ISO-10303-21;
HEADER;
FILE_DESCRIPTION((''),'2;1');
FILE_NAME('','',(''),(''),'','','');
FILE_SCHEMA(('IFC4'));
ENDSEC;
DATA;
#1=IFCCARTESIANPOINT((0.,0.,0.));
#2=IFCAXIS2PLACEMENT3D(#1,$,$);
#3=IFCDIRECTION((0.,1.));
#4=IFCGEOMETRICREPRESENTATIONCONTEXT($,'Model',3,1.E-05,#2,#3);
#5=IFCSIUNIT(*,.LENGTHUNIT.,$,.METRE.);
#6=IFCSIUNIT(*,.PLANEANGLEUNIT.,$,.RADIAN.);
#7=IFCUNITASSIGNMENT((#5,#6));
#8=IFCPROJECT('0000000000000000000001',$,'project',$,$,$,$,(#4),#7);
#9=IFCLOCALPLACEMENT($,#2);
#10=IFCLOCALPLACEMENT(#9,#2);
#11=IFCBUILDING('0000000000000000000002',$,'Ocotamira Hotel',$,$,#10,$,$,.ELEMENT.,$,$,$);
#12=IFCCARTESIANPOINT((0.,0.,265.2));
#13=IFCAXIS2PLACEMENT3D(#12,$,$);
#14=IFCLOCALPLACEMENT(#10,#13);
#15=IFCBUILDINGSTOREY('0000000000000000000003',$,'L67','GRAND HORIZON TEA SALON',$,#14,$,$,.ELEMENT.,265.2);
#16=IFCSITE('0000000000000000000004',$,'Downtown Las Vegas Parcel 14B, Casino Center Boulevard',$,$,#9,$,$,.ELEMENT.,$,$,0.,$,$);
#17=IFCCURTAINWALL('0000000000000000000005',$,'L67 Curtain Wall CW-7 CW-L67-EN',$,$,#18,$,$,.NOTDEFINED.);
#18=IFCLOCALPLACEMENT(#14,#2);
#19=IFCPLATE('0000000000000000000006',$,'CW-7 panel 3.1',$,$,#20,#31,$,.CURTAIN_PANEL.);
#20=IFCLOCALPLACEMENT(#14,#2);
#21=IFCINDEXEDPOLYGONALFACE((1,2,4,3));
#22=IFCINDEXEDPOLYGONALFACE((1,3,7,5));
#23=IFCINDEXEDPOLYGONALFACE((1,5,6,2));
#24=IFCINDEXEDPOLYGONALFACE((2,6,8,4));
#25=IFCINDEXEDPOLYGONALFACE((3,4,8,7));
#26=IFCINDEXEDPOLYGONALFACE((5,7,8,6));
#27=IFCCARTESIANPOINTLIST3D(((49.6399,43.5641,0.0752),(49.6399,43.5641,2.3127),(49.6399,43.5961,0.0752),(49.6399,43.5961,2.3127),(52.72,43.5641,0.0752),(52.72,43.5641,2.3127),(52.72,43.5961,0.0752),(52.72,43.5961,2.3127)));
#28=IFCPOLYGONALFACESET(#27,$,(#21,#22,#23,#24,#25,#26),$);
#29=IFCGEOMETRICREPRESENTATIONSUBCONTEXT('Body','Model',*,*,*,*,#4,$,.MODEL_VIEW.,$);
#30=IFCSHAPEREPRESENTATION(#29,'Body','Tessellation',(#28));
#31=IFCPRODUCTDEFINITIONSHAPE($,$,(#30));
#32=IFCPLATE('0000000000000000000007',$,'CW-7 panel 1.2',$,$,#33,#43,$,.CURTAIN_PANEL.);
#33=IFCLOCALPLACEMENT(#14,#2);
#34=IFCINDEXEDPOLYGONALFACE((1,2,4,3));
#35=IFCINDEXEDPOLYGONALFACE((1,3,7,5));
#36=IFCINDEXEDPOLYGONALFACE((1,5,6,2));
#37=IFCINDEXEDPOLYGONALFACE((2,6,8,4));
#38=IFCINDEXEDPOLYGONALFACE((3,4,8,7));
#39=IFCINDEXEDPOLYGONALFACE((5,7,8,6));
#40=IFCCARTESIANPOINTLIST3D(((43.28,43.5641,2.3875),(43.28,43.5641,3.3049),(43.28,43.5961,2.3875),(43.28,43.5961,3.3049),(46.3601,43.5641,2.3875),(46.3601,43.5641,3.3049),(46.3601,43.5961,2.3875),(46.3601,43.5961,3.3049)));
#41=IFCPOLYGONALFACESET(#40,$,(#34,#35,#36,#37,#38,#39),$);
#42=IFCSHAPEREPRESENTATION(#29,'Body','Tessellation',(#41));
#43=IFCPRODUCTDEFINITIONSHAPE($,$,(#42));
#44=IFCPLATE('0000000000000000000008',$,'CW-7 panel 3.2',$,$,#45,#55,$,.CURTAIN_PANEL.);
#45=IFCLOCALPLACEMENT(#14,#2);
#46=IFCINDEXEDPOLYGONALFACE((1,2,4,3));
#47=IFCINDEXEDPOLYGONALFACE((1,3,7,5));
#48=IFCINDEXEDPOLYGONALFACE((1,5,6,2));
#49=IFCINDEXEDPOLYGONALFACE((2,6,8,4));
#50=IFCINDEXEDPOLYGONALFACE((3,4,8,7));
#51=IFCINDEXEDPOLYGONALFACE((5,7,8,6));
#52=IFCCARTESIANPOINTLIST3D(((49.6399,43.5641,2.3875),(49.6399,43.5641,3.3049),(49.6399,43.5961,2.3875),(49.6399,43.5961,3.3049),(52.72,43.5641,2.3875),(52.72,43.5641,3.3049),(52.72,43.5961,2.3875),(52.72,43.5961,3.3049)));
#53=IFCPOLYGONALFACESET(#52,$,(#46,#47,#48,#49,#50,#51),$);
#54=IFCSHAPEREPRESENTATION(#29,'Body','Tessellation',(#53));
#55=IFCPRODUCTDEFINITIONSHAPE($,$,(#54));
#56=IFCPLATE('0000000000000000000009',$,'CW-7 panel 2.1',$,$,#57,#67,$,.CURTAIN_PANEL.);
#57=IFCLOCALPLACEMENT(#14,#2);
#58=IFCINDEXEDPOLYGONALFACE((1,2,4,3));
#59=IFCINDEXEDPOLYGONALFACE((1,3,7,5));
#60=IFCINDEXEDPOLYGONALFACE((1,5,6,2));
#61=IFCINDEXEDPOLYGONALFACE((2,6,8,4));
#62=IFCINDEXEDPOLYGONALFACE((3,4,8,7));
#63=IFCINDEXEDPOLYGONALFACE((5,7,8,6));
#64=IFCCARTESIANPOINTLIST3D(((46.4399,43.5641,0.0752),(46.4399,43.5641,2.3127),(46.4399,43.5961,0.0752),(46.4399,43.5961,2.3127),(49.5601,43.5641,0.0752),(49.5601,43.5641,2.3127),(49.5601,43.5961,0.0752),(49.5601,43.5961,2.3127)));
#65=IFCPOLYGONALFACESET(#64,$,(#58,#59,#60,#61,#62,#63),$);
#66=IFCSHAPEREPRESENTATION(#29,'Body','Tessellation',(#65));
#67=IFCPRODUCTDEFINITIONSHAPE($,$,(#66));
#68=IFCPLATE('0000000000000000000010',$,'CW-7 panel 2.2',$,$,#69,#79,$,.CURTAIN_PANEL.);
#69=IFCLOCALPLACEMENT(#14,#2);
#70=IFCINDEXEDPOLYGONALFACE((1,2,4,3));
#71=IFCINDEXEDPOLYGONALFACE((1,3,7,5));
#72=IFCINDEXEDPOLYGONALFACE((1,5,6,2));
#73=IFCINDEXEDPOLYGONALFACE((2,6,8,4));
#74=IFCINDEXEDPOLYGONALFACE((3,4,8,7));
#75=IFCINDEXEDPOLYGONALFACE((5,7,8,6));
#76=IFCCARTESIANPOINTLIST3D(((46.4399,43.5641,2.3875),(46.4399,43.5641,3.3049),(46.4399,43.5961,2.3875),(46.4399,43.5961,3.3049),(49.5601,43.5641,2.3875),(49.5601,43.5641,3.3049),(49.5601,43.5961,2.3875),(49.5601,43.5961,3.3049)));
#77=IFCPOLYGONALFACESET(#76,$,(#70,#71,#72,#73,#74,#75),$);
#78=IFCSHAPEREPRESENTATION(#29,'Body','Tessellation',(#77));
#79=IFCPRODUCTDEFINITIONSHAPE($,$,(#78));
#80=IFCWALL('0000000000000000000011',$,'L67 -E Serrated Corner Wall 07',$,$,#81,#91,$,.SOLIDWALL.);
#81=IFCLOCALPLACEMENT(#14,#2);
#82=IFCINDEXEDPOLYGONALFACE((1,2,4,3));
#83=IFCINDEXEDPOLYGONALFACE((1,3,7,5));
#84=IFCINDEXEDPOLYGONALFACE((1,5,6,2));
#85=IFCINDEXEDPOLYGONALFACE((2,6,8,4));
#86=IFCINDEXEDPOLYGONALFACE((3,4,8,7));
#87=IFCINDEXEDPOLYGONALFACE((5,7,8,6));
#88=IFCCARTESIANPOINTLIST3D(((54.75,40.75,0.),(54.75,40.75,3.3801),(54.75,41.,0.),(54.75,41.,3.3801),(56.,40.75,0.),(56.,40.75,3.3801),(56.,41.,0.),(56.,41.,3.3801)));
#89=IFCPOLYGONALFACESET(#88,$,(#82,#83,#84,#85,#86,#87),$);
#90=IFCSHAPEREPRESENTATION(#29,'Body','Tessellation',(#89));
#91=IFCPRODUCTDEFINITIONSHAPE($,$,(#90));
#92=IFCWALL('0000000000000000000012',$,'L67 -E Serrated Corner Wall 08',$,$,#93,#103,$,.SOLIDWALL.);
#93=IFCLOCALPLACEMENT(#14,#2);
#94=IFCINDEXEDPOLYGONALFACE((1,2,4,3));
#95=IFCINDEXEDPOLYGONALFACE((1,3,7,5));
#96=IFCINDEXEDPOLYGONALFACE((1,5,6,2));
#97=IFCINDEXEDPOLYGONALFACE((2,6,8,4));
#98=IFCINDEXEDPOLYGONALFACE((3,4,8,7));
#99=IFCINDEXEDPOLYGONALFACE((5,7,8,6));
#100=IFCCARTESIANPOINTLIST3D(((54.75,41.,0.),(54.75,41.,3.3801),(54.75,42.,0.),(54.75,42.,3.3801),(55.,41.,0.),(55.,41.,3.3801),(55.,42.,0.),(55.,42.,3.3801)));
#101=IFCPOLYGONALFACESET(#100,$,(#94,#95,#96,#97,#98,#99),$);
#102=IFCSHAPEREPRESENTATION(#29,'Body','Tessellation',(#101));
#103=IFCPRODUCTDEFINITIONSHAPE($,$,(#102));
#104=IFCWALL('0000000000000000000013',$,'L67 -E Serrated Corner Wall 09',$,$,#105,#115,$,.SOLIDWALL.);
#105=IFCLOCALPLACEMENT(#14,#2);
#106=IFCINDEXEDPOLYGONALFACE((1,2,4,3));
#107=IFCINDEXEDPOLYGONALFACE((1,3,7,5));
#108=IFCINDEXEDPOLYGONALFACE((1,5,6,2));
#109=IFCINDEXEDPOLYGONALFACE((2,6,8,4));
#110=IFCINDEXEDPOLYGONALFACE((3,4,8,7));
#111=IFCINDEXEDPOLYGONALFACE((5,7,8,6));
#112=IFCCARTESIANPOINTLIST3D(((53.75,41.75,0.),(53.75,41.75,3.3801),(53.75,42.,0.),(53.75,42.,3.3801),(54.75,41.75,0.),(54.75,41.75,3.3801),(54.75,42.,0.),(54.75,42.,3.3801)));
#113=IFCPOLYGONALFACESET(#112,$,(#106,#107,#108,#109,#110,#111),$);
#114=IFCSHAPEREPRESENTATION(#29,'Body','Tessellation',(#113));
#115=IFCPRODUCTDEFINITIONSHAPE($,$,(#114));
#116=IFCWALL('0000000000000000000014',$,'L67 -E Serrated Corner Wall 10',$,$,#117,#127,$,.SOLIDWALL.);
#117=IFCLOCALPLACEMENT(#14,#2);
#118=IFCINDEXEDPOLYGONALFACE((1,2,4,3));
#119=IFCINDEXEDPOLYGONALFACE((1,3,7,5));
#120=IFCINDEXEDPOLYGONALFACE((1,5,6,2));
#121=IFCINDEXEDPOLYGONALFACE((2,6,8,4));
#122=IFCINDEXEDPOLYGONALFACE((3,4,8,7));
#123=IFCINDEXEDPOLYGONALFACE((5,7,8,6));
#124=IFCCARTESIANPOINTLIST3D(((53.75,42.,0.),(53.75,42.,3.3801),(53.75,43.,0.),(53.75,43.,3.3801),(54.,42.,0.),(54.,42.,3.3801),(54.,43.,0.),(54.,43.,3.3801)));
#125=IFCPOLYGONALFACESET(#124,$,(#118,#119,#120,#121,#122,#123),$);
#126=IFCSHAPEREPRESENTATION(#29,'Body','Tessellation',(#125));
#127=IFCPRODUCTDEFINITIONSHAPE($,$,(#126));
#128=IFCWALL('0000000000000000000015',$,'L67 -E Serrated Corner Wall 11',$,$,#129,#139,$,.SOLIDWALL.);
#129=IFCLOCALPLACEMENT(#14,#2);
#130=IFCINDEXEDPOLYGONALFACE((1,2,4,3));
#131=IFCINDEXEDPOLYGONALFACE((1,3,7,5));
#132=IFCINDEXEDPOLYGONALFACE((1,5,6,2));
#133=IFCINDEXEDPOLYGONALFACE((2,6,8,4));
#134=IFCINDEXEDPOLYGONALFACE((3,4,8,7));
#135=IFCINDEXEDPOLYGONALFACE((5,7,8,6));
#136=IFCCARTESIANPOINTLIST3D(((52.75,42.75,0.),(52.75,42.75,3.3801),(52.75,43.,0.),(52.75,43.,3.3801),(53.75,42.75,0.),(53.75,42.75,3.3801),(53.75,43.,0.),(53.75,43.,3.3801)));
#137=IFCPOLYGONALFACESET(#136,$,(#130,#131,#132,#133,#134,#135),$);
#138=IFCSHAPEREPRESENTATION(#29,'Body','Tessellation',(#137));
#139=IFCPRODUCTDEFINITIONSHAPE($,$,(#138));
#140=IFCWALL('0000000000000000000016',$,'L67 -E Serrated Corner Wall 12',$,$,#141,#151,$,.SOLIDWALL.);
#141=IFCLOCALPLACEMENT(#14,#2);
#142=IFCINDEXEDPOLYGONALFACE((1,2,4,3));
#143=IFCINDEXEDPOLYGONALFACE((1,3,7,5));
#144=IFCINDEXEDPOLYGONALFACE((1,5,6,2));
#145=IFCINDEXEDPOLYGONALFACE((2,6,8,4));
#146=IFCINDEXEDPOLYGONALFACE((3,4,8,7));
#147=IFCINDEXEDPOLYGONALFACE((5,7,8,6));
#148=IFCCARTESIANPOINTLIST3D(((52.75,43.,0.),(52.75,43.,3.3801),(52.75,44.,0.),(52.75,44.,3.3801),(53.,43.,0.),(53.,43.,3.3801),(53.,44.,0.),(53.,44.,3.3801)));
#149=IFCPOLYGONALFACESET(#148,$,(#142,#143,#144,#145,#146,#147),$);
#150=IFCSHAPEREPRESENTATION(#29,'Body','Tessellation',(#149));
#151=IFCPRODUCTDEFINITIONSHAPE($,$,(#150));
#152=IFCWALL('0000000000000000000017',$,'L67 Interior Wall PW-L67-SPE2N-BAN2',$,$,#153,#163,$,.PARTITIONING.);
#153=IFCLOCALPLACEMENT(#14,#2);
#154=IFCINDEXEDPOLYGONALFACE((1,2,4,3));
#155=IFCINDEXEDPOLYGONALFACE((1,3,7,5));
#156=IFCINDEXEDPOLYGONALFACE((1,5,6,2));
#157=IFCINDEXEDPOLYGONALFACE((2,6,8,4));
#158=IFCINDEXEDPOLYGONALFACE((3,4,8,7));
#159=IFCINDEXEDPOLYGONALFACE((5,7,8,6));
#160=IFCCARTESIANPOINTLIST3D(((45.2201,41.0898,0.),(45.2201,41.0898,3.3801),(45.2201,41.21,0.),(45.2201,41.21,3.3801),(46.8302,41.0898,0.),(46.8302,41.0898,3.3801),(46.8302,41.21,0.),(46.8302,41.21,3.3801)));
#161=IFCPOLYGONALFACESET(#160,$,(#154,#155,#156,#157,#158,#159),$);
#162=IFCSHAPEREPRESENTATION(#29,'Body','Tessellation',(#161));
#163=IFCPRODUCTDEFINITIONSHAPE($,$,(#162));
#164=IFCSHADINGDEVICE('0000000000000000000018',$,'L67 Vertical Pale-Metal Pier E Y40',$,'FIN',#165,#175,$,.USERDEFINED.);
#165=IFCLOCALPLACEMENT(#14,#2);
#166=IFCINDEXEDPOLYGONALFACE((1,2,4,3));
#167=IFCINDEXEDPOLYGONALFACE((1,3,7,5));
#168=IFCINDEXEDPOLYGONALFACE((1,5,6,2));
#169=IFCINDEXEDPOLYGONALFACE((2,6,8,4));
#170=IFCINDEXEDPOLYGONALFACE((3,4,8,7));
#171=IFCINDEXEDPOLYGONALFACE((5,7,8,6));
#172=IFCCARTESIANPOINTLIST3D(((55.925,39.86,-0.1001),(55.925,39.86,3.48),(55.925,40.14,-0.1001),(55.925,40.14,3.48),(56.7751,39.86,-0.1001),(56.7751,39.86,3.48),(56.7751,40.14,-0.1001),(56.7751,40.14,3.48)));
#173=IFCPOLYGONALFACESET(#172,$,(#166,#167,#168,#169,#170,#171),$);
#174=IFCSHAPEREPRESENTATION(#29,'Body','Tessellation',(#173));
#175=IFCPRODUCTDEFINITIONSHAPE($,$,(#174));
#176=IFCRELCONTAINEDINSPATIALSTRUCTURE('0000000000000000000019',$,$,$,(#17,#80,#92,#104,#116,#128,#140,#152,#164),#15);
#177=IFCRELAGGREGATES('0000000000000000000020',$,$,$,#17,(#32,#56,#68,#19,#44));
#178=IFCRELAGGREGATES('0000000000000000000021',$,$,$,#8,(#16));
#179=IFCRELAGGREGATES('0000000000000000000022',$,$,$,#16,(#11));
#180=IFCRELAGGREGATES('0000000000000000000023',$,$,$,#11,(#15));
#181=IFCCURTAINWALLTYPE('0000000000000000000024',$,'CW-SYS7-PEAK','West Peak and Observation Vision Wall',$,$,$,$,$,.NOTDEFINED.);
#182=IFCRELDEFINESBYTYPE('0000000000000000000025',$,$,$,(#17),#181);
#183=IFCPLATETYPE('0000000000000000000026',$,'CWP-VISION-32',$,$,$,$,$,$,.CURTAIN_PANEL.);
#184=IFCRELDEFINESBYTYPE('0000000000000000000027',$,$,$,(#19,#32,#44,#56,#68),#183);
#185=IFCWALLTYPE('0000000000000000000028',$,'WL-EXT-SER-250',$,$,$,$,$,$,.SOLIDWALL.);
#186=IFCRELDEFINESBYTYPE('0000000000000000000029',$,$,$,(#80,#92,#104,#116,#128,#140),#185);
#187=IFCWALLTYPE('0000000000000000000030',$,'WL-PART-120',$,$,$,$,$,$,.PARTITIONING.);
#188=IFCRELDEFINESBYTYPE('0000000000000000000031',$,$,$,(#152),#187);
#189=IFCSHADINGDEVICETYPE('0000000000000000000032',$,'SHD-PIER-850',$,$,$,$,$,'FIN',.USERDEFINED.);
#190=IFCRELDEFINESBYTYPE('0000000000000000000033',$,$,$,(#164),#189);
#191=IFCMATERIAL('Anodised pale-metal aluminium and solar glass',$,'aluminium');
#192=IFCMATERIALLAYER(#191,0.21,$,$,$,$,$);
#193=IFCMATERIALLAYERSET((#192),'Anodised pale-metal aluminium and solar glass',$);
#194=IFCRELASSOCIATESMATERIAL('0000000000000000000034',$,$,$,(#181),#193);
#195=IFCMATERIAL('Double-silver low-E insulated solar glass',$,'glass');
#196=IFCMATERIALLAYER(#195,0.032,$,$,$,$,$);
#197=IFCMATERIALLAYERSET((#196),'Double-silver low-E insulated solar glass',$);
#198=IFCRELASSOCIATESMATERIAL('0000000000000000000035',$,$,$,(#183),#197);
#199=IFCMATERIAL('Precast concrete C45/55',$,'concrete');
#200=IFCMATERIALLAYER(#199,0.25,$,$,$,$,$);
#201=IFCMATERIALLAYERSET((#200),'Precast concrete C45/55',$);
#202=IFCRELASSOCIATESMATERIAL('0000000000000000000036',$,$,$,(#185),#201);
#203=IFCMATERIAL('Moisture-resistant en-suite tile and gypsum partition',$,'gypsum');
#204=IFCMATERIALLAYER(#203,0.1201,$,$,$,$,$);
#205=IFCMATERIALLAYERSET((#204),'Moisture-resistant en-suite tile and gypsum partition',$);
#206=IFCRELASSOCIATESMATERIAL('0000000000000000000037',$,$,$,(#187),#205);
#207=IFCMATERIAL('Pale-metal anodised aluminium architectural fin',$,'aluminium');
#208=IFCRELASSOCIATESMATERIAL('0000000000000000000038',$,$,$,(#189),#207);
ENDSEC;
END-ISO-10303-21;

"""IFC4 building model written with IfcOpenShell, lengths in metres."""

from ifc_helpers import new_model, si_unit, direction, frame, frame_2d, origin, origin_2d, place, context, subcontext, project, spatial, rectangle, extrude, source, transform, mapped, material, layer, layer_set, type_object, element, aggregate, save


model = new_model("IFC4")

# Units and contexts
model_context = context("Model", 3, precision=1e-05, world=origin(), true_north=direction((0.0, 1.0)))
body_context = subcontext(model_context, "Body", "Model", "MODEL_VIEW")
ifc_project = project(units=[si_unit("LENGTHUNIT", "METRE"), si_unit("PLANEANGLEUNIT", "RADIAN")], contexts=[model_context])

# Site, building, storey
site_placement = place(None, origin())
site = spatial("IfcSite", under=ifc_project, at=site_placement, Name="Downtown Las Vegas Parcel 14B, Casino Center Boulevard", CompositionType="ELEMENT", RefElevation=0.0)
building_placement = place(site_placement, origin())
building = spatial("IfcBuilding", under=site, at=building_placement, Name="Ocotamira Hotel", CompositionType="ELEMENT")
storey_placement = place(building_placement, frame((0.0, 0.0, 265.2)))
storey = spatial("IfcBuildingStorey", under=building, at=storey_placement, Name="L67", Description="GRAND HORIZON TEA SALON", CompositionType="ELEMENT", Elevation=265.2)

# Curtain wall
ifc_material_1 = material(Name="Anodised pale-metal aluminium and solar glass", Category="aluminium")
ifc_layer_1 = layer(ifc_material_1, 0.21)
ifc_layer_set_1 = layer_set([ifc_layer_1], Name="Anodised pale-metal aluminium and solar glass")
curtain_wall_type = type_object("IfcCurtainWallType", Name="CW-SYS7-PEAK", Description="West Peak and Observation Vision Wall", PredefinedType="NOTDEFINED", material=ifc_layer_set_1)
curtain_wall_1_placement = place(storey_placement, origin())
curtain_wall_1 = element("IfcCurtainWall", 1, at=curtain_wall_1_placement, inside=storey, type_object=curtain_wall_type, Name="L67 Curtain Wall CW-7 CW-L67-EN", PredefinedType="NOTDEFINED")

# Plates
ifc_material_2 = material(Name="Double-silver low-E insulated solar glass", Category="glass")
ifc_layer_2 = layer(ifc_material_2, 0.032)
ifc_layer_set_2 = layer_set([ifc_layer_2], Name="Double-silver low-E insulated solar glass")
plate_type = type_object("IfcPlateType", Name="CWP-VISION-32", PredefinedType="CURTAIN_PANEL", material=ifc_layer_set_2)
shared_shape_1 = source(origin(), body_context, "Body", "SweptSolid", [
    extrude(rectangle(XDim=3.0801, YDim=0.032, at=origin_2d()), origin(), (0.0, 0.0, 1.0), 2.2375),
])
plate_1_placement = place(storey_placement, frame((51.1799, 43.5801, 0.0752), z_axis=(0.0, 0.0, 1.0), x_axis=(1.0, 0.0, 0.0)))
plate_1 = element("IfcPlate", 2, at=plate_1_placement, type_object=plate_type, Name="CW-7 panel 3.1", PredefinedType="CURTAIN_PANEL", context=body_context, shape_type="MappedRepresentation", body=[
    mapped(shared_shape_1, transform((0.0, 0.0, 0.0), scale=1.0)),
])
shared_shape_2 = source(origin(), body_context, "Body", "SweptSolid", [
    extrude(rectangle(XDim=3.0801, YDim=0.032, at=origin_2d()), origin(), (0.0, 0.0, 1.0), 0.9175),
])
plate_2_placement = place(storey_placement, frame((44.8201, 43.5801, 2.3875), z_axis=(0.0, 0.0, 1.0), x_axis=(1.0, 0.0, 0.0)))
plate_2 = element("IfcPlate", 3, at=plate_2_placement, type_object=plate_type, Name="CW-7 panel 1.2", PredefinedType="CURTAIN_PANEL", context=body_context, shape_type="MappedRepresentation", body=[
    mapped(shared_shape_2, transform((0.0, 0.0, 0.0), scale=1.0)),
])
plate_3_placement = place(storey_placement, frame((51.1799, 43.5801, 2.3875), z_axis=(0.0, 0.0, 1.0), x_axis=(1.0, 0.0, 0.0)))
plate_3 = element("IfcPlate", 4, at=plate_3_placement, type_object=plate_type, Name="CW-7 panel 3.2", PredefinedType="CURTAIN_PANEL", context=body_context, shape_type="MappedRepresentation", body=[
    mapped(shared_shape_2, transform((0.0, 0.0, 0.0), scale=1.0)),
])
shared_shape_3 = source(origin(), body_context, "Body", "SweptSolid", [
    extrude(rectangle(XDim=3.1201, YDim=0.032, at=origin_2d()), origin(), (0.0, 0.0, 1.0), 2.2375),
])
plate_4_placement = place(storey_placement, frame((48.0, 43.5801, 0.0752), z_axis=(0.0, 0.0, 1.0), x_axis=(1.0, 0.0, 0.0)))
plate_4 = element("IfcPlate", 5, at=plate_4_placement, type_object=plate_type, Name="CW-7 panel 2.1", PredefinedType="CURTAIN_PANEL", context=body_context, shape_type="MappedRepresentation", body=[
    mapped(shared_shape_3, transform((0.0, 0.0, 0.0), scale=1.0)),
])
shared_shape_4 = source(origin(), body_context, "Body", "SweptSolid", [
    extrude(rectangle(XDim=3.1201, YDim=0.032, at=origin_2d()), origin(), (0.0, 0.0, 1.0), 0.9175),
])
plate_5_placement = place(storey_placement, frame((48.0, 43.5801, 2.3875), z_axis=(0.0, 0.0, 1.0), x_axis=(1.0, 0.0, 0.0)))
plate_5 = element("IfcPlate", 6, at=plate_5_placement, type_object=plate_type, Name="CW-7 panel 2.2", PredefinedType="CURTAIN_PANEL", context=body_context, shape_type="MappedRepresentation", body=[
    mapped(shared_shape_4, transform((0.0, 0.0, 0.0), scale=1.0)),
])
aggregate(curtain_wall_1, [plate_2, plate_4, plate_5, plate_1, plate_3])

# Walls
ifc_material_3 = material(Name="Precast concrete C45/55", Category="concrete")
ifc_layer_3 = layer(ifc_material_3, 0.25)
ifc_layer_set_3 = layer_set([ifc_layer_3], Name="Precast concrete C45/55")
wall_type_1 = type_object("IfcWallType", Name="WL-EXT-SER-250", PredefinedType="SOLIDWALL", material=ifc_layer_set_3)
wall_1_placement = place(storey_placement, frame((56.0, 40.875, 0.0), z_axis=(0.0, 0.0, 1.0), x_axis=(-1.0, 0.0, 0.0)))
element("IfcWall", 7, at=wall_1_placement, inside=storey, type_object=wall_type_1, Name="L67 -E Serrated Corner Wall 07", PredefinedType="SOLIDWALL", context=body_context, shape_type="SweptSolid", body=[
    extrude(rectangle(XDim=1.25, YDim=0.25, at=frame_2d((0.625, 0.0))), origin(), (0.0, 0.0, 1.0), 3.3801),
])
for number, where, z_axis, x_axis, name in (
    (8, (54.875, 41.0, 0.0), (0.0, 0.0, 1.0), (0.0, 1.0, 0.0), "L67 -E Serrated Corner Wall 08"),
    (9, (54.75, 41.875, 0.0), (0.0, 0.0, 1.0), (-1.0, 0.0, 0.0), "L67 -E Serrated Corner Wall 09"),
    (10, (53.875, 42.0, 0.0), (0.0, 0.0, 1.0), (0.0, 1.0, 0.0), "L67 -E Serrated Corner Wall 10"),
    (11, (53.75, 42.875, 0.0), (0.0, 0.0, 1.0), (-1.0, 0.0, 0.0), "L67 -E Serrated Corner Wall 11"),
    (12, (52.875, 43.0, 0.0), (0.0, 0.0, 1.0), (0.0, 1.0, 0.0), "L67 -E Serrated Corner Wall 12"),
):
    element("IfcWall", number, at=place(storey_placement, frame(where, z_axis=z_axis, x_axis=x_axis)), inside=storey, type_object=wall_type_1, Name=name, PredefinedType="SOLIDWALL", context=body_context, shape_type="SweptSolid", body=[
        extrude(rectangle(XDim=1.0, YDim=0.25, at=frame_2d((0.5, 0.0))), origin(), (0.0, 0.0, 1.0), 3.3801),
    ])

# Wall
ifc_material_4 = material(Name="Moisture-resistant en-suite tile and gypsum partition", Category="gypsum")
ifc_layer_4 = layer(ifc_material_4, 0.1201)
ifc_layer_set_4 = layer_set([ifc_layer_4], Name="Moisture-resistant en-suite tile and gypsum partition")
wall_type_2 = type_object("IfcWallType", Name="WL-PART-120", PredefinedType="PARTITIONING", material=ifc_layer_set_4)
wall_2_placement = place(storey_placement, frame((45.22, 41.1499, 0.0), z_axis=(0.0, 0.0, 1.0), x_axis=(1.0, 0.0, 0.0)))
element("IfcWall", 13, at=wall_2_placement, inside=storey, type_object=wall_type_2, Name="L67 Interior Wall PW-L67-SPE2N-BAN2", PredefinedType="PARTITIONING", context=body_context, shape_type="SweptSolid", body=[
    extrude(rectangle(XDim=1.6101, YDim=0.1201, at=frame_2d((0.8052, 0.0))), origin(), (0.0, 0.0, 1.0), 3.3801),
])

# Shading device
ifc_material_5 = material(Name="Pale-metal anodised aluminium architectural fin", Category="aluminium")
shading_device_type = type_object("IfcShadingDeviceType", Name="SHD-PIER-850", ElementType="FIN", PredefinedType="USERDEFINED", material=ifc_material_5)
shared_shape_5 = source(origin(), body_context, "Body", "SweptSolid", [
    extrude(rectangle(XDim=0.8501, YDim=0.28, at=origin_2d()), origin(), (0.0, 0.0, 1.0), 3.5801),
])
shading_device_placement = place(storey_placement, frame((56.3501, 40.0, -0.1001), z_axis=(0.0, 0.0, 1.0), x_axis=(1.0, 0.0, 0.0)))
element("IfcShadingDevice", 14, at=shading_device_placement, inside=storey, type_object=shading_device_type, Name="L67 Vertical Pale-Metal Pier E Y40", ObjectType="FIN", PredefinedType="USERDEFINED", context=body_context, shape_type="MappedRepresentation", body=[
    mapped(shared_shape_5, transform((0.0, 0.0, 0.0), scale=1.0)),
])

save(model, "model.ifc")
